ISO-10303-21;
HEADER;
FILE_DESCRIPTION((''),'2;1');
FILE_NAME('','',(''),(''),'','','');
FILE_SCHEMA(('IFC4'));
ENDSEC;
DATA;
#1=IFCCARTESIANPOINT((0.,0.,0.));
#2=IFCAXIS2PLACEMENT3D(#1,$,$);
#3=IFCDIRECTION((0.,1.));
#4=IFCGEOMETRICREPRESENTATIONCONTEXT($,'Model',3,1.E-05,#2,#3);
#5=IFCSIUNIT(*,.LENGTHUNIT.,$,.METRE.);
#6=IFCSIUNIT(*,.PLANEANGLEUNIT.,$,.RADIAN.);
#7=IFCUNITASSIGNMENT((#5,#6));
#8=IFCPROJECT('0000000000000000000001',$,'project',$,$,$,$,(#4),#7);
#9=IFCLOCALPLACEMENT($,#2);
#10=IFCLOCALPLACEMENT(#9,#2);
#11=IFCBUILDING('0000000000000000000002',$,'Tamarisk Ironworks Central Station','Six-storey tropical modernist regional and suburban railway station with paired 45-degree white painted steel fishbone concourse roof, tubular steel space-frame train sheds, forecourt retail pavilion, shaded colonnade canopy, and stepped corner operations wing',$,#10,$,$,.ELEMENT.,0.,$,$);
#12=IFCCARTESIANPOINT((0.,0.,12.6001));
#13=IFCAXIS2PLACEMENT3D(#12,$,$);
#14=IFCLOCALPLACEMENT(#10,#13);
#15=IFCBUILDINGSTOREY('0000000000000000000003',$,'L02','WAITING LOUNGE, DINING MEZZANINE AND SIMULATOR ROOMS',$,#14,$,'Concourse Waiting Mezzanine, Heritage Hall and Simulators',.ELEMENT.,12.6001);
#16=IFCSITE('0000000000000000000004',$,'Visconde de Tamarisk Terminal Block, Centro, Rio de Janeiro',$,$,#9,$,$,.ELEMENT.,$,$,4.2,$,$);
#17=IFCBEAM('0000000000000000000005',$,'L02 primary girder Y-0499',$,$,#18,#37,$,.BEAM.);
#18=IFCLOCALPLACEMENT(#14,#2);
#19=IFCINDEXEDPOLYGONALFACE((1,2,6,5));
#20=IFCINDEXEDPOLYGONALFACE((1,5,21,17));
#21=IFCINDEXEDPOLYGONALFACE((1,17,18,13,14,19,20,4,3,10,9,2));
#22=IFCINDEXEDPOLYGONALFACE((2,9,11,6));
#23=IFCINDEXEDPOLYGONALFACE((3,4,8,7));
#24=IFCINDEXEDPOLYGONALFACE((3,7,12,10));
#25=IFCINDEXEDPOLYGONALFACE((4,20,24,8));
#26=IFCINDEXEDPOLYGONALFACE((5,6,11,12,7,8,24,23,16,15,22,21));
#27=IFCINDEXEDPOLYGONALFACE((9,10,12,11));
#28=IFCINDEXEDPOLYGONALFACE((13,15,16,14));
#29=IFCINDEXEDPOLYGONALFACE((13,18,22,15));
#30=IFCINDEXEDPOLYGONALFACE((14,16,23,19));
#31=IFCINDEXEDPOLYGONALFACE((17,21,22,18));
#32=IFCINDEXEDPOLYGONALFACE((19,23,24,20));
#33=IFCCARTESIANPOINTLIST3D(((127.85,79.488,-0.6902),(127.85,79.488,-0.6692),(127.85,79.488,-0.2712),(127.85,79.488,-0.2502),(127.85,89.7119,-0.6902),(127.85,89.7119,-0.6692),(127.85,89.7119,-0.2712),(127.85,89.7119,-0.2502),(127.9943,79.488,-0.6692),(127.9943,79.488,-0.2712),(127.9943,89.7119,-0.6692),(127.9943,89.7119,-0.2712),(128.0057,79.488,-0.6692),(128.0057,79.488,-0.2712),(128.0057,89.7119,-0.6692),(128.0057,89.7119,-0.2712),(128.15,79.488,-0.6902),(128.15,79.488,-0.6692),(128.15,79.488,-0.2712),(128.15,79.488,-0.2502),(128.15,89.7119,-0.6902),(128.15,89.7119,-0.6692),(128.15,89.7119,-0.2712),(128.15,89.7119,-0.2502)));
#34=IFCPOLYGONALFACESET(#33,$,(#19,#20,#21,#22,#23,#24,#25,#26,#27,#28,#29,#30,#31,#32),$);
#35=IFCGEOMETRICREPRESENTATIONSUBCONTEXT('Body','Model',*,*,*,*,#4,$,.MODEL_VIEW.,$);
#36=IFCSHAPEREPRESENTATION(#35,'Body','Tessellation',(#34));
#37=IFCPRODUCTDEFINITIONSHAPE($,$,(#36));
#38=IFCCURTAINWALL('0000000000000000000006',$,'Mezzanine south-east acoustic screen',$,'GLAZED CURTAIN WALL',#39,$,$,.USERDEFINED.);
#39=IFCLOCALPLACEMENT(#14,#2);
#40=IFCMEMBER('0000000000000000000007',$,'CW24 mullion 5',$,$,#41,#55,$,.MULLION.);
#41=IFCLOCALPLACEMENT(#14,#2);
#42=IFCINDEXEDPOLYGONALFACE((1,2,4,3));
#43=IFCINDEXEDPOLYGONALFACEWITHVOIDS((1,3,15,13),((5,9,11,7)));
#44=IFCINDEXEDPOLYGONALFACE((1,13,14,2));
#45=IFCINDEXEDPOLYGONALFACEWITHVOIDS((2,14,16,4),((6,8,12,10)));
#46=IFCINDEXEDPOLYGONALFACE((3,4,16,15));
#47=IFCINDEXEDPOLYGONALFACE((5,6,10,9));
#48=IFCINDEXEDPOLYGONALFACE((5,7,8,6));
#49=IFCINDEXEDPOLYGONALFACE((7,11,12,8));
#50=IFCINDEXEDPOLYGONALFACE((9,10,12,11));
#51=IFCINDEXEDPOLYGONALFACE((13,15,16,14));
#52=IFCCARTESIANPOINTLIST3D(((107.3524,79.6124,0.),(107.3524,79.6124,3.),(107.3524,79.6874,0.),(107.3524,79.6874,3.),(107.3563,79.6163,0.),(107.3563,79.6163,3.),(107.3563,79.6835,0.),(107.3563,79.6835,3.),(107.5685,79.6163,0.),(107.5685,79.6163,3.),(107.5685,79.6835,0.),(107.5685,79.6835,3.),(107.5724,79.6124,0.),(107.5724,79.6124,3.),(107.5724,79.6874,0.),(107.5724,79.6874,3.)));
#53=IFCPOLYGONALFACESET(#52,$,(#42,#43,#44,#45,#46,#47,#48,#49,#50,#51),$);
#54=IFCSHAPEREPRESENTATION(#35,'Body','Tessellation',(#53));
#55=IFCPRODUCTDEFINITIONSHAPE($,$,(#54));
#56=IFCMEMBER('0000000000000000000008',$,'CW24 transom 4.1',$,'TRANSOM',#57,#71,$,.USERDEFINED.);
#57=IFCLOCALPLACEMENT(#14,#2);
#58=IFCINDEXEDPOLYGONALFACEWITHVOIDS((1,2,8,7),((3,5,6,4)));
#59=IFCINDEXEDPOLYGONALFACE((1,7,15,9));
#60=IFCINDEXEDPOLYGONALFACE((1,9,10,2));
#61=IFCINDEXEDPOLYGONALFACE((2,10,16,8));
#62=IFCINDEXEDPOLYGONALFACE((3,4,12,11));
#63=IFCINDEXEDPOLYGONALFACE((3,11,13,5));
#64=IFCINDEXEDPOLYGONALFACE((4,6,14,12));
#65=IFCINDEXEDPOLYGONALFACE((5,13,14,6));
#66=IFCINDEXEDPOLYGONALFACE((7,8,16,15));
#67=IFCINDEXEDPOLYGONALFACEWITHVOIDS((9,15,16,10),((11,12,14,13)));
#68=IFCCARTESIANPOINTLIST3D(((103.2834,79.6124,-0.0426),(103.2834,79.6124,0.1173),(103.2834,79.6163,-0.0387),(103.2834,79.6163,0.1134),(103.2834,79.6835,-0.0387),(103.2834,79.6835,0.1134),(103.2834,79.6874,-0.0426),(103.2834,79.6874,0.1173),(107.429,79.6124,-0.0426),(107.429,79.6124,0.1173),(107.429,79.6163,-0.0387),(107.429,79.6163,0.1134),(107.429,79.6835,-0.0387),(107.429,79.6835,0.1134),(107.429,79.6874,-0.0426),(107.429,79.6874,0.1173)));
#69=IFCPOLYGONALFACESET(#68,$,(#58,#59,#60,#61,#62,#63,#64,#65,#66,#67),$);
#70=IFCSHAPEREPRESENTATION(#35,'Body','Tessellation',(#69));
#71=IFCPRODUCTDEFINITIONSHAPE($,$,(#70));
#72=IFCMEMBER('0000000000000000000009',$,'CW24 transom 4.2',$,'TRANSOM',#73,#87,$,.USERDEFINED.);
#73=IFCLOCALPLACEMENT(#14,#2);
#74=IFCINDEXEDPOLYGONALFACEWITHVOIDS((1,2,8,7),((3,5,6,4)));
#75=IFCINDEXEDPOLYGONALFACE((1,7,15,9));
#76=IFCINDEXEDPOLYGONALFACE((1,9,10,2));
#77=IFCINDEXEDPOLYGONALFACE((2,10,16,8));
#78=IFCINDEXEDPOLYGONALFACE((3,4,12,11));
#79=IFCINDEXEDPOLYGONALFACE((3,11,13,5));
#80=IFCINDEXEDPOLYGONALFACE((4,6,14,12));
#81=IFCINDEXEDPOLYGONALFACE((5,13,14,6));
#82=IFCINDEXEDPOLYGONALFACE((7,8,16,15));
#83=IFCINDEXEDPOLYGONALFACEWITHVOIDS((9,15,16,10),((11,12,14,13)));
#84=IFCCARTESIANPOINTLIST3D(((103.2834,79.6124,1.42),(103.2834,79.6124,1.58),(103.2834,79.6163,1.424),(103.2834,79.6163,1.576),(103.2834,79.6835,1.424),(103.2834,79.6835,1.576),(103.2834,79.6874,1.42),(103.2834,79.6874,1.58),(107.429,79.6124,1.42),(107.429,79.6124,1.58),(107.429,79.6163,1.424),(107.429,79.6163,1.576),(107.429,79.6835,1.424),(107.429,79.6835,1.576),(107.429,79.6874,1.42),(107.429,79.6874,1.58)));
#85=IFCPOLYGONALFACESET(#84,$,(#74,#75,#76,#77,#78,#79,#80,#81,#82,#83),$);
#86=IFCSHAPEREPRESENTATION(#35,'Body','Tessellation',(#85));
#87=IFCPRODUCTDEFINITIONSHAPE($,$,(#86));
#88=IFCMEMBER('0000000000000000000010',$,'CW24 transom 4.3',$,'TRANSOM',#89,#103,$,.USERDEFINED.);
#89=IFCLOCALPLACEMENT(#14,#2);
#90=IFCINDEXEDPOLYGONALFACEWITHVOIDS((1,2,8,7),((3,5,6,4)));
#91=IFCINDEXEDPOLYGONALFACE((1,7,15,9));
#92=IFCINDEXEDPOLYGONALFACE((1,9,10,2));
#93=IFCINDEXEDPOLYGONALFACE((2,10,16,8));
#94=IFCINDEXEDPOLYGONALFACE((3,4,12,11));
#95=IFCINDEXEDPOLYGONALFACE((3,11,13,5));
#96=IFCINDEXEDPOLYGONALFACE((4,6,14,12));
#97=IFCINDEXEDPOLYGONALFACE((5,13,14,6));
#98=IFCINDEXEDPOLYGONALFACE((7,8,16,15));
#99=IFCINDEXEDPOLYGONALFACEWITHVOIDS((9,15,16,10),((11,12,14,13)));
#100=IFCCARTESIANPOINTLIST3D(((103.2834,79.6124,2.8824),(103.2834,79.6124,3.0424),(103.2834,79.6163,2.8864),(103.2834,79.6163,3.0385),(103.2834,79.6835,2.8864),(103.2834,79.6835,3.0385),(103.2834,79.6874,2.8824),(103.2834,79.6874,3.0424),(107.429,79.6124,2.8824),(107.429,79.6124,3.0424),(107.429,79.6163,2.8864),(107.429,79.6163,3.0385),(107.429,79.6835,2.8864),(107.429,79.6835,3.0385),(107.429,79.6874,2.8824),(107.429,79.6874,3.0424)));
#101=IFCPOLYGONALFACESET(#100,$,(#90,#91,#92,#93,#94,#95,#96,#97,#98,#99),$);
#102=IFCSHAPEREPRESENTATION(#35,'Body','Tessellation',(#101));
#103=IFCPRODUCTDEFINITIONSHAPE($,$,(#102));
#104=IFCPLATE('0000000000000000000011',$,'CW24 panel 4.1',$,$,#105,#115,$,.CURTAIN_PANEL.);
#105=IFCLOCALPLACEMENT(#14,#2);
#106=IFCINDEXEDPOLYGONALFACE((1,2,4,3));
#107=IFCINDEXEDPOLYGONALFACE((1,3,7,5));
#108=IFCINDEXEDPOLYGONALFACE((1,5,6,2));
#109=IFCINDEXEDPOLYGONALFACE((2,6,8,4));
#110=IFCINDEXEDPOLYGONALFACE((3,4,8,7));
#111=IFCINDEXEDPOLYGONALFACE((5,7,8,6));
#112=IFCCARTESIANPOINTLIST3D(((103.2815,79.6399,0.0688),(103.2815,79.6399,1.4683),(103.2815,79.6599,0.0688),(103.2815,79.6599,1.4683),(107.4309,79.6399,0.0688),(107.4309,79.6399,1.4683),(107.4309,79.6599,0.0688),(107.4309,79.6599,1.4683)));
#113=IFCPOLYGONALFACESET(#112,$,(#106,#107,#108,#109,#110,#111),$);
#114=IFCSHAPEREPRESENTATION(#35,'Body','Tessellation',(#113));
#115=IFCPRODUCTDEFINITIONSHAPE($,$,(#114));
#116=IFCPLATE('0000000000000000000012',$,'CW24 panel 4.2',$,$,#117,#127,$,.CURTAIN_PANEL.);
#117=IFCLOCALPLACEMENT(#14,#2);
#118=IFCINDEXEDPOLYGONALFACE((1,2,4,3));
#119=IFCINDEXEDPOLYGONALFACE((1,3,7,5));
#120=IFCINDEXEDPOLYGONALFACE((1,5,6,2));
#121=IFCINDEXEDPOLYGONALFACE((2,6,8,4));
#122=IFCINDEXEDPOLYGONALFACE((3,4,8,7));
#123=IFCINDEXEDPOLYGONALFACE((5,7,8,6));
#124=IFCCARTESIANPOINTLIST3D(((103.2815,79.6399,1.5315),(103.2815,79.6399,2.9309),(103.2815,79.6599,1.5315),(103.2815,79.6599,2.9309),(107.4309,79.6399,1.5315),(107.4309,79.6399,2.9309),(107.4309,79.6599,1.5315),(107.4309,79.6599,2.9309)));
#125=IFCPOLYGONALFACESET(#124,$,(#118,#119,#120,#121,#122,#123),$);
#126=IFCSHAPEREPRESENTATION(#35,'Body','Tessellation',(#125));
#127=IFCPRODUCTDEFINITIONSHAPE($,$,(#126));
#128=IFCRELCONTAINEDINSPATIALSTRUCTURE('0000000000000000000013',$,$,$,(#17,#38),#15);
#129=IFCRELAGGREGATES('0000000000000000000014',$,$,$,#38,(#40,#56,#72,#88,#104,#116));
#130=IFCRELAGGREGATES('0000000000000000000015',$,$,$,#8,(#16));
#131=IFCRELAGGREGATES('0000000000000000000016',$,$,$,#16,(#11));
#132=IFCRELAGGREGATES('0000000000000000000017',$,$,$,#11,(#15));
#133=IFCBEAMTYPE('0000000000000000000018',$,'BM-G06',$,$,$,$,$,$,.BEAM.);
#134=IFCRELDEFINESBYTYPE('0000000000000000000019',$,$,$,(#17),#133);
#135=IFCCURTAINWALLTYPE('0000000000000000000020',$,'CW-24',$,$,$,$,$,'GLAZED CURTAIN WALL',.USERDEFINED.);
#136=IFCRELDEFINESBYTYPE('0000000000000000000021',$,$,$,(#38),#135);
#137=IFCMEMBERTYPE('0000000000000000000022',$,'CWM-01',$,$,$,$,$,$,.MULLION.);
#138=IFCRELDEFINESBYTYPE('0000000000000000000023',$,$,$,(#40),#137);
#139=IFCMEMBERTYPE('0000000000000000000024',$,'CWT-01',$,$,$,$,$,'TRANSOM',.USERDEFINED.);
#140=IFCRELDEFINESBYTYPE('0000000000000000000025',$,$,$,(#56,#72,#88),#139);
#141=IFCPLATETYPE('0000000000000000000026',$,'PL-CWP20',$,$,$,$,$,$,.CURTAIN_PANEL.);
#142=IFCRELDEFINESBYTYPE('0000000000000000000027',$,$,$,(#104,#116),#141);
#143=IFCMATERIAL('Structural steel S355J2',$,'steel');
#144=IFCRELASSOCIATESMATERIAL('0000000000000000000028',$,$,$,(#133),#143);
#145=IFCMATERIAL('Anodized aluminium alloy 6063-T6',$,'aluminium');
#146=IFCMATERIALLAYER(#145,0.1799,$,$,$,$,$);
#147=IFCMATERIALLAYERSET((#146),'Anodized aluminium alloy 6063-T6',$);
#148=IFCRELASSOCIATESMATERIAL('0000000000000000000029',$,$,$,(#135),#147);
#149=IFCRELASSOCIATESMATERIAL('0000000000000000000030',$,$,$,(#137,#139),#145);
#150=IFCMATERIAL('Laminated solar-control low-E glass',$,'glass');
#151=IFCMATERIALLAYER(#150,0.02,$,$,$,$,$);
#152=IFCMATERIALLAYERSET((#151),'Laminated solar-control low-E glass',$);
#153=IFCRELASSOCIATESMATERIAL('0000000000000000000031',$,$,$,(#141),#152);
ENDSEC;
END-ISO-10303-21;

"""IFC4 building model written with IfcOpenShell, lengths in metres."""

from ifc_helpers import new_model, si_unit, direction, frame, origin, origin_2d, place, context, subcontext, project, spatial, rectangle, hollow_rectangle, i_section, extrude, material, layer, layer_set, material_profile, profile_set, type_object, element, aggregate, save


model = new_model("IFC4")

# Units and contexts
model_context = context("Model", 3, precision=1e-05, world=origin(), true_north=direction((0.0, 1.0)))
body_context = subcontext(model_context, "Body", "Model", "MODEL_VIEW")
ifc_project = project(units=[si_unit("LENGTHUNIT", "METRE"), si_unit("PLANEANGLEUNIT", "RADIAN")], contexts=[model_context])

# Site, building, storey
site_placement = place(None, origin())
site = spatial("IfcSite", under=ifc_project, at=site_placement, Name="Visconde de Tamarisk Terminal Block, Centro, Rio de Janeiro", CompositionType="ELEMENT", RefElevation=4.2)
building_placement = place(site_placement, origin())
building = spatial("IfcBuilding", under=site, at=building_placement, Name="Tamarisk Ironworks Central Station", Description="Six-storey tropical modernist regional and suburban railway station with paired 45-degree white painted steel fishbone concourse roof, tubular steel space-frame train sheds, forecourt retail pavilion, shaded colonnade canopy, and stepped corner operations wing", CompositionType="ELEMENT", ElevationOfRefHeight=0.0)
storey_placement = place(building_placement, frame((0.0, 0.0, 12.6001)))
storey = spatial("IfcBuildingStorey", under=building, at=storey_placement, Name="L02", Description="WAITING LOUNGE, DINING MEZZANINE AND SIMULATOR ROOMS", LongName="Concourse Waiting Mezzanine, Heritage Hall and Simulators", CompositionType="ELEMENT", Elevation=12.6001)

# Shared definitions
ifc_material_1 = material(Name="Structural steel S355J2", Category="steel")

# Beam
ifc_material_profile_1 = material_profile(ifc_material_1, i_section(OverallWidth=0.3, OverallDepth=0.4399, WebThickness=0.0115, FlangeThickness=0.021, at=origin_2d()), Name="HEA 450")
ifc_profile_set_1 = profile_set([ifc_material_profile_1], Name="Structural steel S355J2")
beam_type_1 = type_object("IfcBeamType", Name="BM-G06", PredefinedType="BEAM", material=ifc_profile_set_1)
beam_1_placement = place(storey_placement, frame((128.0, 79.488, -0.4702), z_axis=(0.0, 1.0, 0.0), x_axis=(-1.0, 0.0, 0.0)))
element("IfcBeam", 1, at=beam_1_placement, inside=storey, type_object=beam_type_1, Name="L02 primary girder Y-0499", PredefinedType="BEAM", context=body_context, shape_type="SweptSolid", body=[
    extrude(i_section(OverallWidth=0.3, OverallDepth=0.4399, WebThickness=0.0115, FlangeThickness=0.021, at=origin_2d()), origin(), (0.0, 0.0, 1.0), 10.2239),
])

# Curtain wall, members, plates
ifc_material_2 = material(Name="Anodized aluminium alloy 6063-T6", Category="aluminium")
ifc_layer_1 = layer(ifc_material_2, 0.1799)
ifc_layer_set_1 = layer_set([ifc_layer_1], Name="Anodized aluminium alloy 6063-T6")
curtain_wall_type = type_object("IfcCurtainWallType", Name="CW-24", ElementType="GLAZED CURTAIN WALL", PredefinedType="USERDEFINED", material=ifc_layer_set_1)
curtain_wall_placement = place(storey_placement, origin())
curtain_wall = element("IfcCurtainWall", 2, at=curtain_wall_placement, inside=storey, type_object=curtain_wall_type, Name="Mezzanine south-east acoustic screen", ObjectType="GLAZED CURTAIN WALL", PredefinedType="USERDEFINED")
ifc_material_profile_2 = material_profile(ifc_material_2, hollow_rectangle(XDim=0.075, YDim=0.22, WallThickness=0.0039, at=origin_2d()), Name="ALUM 220x75")
ifc_profile_set_2 = profile_set([ifc_material_profile_2], Name="Anodized aluminium alloy 6063-T6")
member_type_1 = type_object("IfcMemberType", Name="CWM-01", PredefinedType="MULLION", material=ifc_profile_set_2)
member_1_placement = place(storey_placement, frame((107.4624, 79.6499, 0.0), z_axis=(0.0, 0.0, 1.0), x_axis=(0.0, 1.0, 0.0)))
member_1 = element("IfcMember", 3, at=member_1_placement, type_object=member_type_1, Name="CW24 mullion 5", PredefinedType="MULLION", context=body_context, shape_type="SweptSolid", body=[
    extrude(hollow_rectangle(XDim=0.075, YDim=0.22, WallThickness=0.0039, at=origin_2d()), origin(), (0.0, 0.0, 1.0), 3.0),
])
ifc_material_profile_3 = material_profile(ifc_material_2, hollow_rectangle(XDim=0.075, YDim=0.1599, WallThickness=0.0039, at=origin_2d()), Name="ALUM 160x75")
ifc_profile_set_3 = profile_set([ifc_material_profile_3], Name="Anodized aluminium alloy 6063-T6")
member_type_2 = type_object("IfcMemberType", Name="CWT-01", ElementType="TRANSOM", PredefinedType="USERDEFINED", material=ifc_profile_set_3)
member_2_placement = place(storey_placement, frame((103.2834, 79.6499, 0.0374), z_axis=(1.0, 0.0, 0.0), x_axis=(0.0, 1.0, 0.0)))
member_2 = element("IfcMember", 4, at=member_2_placement, type_object=member_type_2, Name="CW24 transom 4.1", ObjectType="TRANSOM", PredefinedType="USERDEFINED", context=body_context, shape_type="SweptSolid", body=[
    extrude(hollow_rectangle(XDim=0.075, YDim=0.1599, WallThickness=0.0039, at=origin_2d()), origin(), (0.0, 0.0, 1.0), 4.1455),
])
member_3_placement = place(storey_placement, frame((103.2834, 79.6499, 1.5), z_axis=(1.0, 0.0, 0.0), x_axis=(0.0, 1.0, 0.0)))
member_3 = element("IfcMember", 5, at=member_3_placement, type_object=member_type_2, Name="CW24 transom 4.2", ObjectType="TRANSOM", PredefinedType="USERDEFINED", context=body_context, shape_type="SweptSolid", body=[
    extrude(hollow_rectangle(XDim=0.075, YDim=0.1599, WallThickness=0.0039, at=origin_2d()), origin(), (0.0, 0.0, 1.0), 4.1455),
])
member_4_placement = place(storey_placement, frame((103.2834, 79.6499, 2.9624), z_axis=(1.0, 0.0, 0.0), x_axis=(0.0, 1.0, 0.0)))
member_4 = element("IfcMember", 6, at=member_4_placement, type_object=member_type_2, Name="CW24 transom 4.3", ObjectType="TRANSOM", PredefinedType="USERDEFINED", context=body_context, shape_type="SweptSolid", body=[
    extrude(hollow_rectangle(XDim=0.075, YDim=0.1599, WallThickness=0.0039, at=origin_2d()), origin(), (0.0, 0.0, 1.0), 4.1455),
])
ifc_material_3 = material(Name="Laminated solar-control low-E glass", Category="glass")
ifc_layer_2 = layer(ifc_material_3, 0.02)
ifc_layer_set_2 = layer_set([ifc_layer_2], Name="Laminated solar-control low-E glass")
plate_type = type_object("IfcPlateType", Name="PL-CWP20", PredefinedType="CURTAIN_PANEL", material=ifc_layer_set_2)
plate_1_placement = place(storey_placement, frame((105.3562, 79.6499, 0.0688), z_axis=(0.0, 0.0, 1.0), x_axis=(1.0, 0.0, 0.0)))
plate_1 = element("IfcPlate", 7, at=plate_1_placement, type_object=plate_type, Name="CW24 panel 4.1", PredefinedType="CURTAIN_PANEL", context=body_context, shape_type="SweptSolid", body=[
    extrude(rectangle(XDim=4.1494, YDim=0.02, at=origin_2d()), origin(), (0.0, 0.0, 1.0), 1.3994),
])
plate_2_placement = place(storey_placement, frame((105.3562, 79.6499, 1.5315), z_axis=(0.0, 0.0, 1.0), x_axis=(1.0, 0.0, 0.0)))
plate_2 = element("IfcPlate", 8, at=plate_2_placement, type_object=plate_type, Name="CW24 panel 4.2", PredefinedType="CURTAIN_PANEL", context=body_context, shape_type="SweptSolid", body=[
    extrude(rectangle(XDim=4.1494, YDim=0.02, at=origin_2d()), origin(), (0.0, 0.0, 1.0), 1.3994),
])
aggregate(curtain_wall, [member_1, member_2, member_3, member_4, plate_1, plate_2])

save(model, "model.ifc")
